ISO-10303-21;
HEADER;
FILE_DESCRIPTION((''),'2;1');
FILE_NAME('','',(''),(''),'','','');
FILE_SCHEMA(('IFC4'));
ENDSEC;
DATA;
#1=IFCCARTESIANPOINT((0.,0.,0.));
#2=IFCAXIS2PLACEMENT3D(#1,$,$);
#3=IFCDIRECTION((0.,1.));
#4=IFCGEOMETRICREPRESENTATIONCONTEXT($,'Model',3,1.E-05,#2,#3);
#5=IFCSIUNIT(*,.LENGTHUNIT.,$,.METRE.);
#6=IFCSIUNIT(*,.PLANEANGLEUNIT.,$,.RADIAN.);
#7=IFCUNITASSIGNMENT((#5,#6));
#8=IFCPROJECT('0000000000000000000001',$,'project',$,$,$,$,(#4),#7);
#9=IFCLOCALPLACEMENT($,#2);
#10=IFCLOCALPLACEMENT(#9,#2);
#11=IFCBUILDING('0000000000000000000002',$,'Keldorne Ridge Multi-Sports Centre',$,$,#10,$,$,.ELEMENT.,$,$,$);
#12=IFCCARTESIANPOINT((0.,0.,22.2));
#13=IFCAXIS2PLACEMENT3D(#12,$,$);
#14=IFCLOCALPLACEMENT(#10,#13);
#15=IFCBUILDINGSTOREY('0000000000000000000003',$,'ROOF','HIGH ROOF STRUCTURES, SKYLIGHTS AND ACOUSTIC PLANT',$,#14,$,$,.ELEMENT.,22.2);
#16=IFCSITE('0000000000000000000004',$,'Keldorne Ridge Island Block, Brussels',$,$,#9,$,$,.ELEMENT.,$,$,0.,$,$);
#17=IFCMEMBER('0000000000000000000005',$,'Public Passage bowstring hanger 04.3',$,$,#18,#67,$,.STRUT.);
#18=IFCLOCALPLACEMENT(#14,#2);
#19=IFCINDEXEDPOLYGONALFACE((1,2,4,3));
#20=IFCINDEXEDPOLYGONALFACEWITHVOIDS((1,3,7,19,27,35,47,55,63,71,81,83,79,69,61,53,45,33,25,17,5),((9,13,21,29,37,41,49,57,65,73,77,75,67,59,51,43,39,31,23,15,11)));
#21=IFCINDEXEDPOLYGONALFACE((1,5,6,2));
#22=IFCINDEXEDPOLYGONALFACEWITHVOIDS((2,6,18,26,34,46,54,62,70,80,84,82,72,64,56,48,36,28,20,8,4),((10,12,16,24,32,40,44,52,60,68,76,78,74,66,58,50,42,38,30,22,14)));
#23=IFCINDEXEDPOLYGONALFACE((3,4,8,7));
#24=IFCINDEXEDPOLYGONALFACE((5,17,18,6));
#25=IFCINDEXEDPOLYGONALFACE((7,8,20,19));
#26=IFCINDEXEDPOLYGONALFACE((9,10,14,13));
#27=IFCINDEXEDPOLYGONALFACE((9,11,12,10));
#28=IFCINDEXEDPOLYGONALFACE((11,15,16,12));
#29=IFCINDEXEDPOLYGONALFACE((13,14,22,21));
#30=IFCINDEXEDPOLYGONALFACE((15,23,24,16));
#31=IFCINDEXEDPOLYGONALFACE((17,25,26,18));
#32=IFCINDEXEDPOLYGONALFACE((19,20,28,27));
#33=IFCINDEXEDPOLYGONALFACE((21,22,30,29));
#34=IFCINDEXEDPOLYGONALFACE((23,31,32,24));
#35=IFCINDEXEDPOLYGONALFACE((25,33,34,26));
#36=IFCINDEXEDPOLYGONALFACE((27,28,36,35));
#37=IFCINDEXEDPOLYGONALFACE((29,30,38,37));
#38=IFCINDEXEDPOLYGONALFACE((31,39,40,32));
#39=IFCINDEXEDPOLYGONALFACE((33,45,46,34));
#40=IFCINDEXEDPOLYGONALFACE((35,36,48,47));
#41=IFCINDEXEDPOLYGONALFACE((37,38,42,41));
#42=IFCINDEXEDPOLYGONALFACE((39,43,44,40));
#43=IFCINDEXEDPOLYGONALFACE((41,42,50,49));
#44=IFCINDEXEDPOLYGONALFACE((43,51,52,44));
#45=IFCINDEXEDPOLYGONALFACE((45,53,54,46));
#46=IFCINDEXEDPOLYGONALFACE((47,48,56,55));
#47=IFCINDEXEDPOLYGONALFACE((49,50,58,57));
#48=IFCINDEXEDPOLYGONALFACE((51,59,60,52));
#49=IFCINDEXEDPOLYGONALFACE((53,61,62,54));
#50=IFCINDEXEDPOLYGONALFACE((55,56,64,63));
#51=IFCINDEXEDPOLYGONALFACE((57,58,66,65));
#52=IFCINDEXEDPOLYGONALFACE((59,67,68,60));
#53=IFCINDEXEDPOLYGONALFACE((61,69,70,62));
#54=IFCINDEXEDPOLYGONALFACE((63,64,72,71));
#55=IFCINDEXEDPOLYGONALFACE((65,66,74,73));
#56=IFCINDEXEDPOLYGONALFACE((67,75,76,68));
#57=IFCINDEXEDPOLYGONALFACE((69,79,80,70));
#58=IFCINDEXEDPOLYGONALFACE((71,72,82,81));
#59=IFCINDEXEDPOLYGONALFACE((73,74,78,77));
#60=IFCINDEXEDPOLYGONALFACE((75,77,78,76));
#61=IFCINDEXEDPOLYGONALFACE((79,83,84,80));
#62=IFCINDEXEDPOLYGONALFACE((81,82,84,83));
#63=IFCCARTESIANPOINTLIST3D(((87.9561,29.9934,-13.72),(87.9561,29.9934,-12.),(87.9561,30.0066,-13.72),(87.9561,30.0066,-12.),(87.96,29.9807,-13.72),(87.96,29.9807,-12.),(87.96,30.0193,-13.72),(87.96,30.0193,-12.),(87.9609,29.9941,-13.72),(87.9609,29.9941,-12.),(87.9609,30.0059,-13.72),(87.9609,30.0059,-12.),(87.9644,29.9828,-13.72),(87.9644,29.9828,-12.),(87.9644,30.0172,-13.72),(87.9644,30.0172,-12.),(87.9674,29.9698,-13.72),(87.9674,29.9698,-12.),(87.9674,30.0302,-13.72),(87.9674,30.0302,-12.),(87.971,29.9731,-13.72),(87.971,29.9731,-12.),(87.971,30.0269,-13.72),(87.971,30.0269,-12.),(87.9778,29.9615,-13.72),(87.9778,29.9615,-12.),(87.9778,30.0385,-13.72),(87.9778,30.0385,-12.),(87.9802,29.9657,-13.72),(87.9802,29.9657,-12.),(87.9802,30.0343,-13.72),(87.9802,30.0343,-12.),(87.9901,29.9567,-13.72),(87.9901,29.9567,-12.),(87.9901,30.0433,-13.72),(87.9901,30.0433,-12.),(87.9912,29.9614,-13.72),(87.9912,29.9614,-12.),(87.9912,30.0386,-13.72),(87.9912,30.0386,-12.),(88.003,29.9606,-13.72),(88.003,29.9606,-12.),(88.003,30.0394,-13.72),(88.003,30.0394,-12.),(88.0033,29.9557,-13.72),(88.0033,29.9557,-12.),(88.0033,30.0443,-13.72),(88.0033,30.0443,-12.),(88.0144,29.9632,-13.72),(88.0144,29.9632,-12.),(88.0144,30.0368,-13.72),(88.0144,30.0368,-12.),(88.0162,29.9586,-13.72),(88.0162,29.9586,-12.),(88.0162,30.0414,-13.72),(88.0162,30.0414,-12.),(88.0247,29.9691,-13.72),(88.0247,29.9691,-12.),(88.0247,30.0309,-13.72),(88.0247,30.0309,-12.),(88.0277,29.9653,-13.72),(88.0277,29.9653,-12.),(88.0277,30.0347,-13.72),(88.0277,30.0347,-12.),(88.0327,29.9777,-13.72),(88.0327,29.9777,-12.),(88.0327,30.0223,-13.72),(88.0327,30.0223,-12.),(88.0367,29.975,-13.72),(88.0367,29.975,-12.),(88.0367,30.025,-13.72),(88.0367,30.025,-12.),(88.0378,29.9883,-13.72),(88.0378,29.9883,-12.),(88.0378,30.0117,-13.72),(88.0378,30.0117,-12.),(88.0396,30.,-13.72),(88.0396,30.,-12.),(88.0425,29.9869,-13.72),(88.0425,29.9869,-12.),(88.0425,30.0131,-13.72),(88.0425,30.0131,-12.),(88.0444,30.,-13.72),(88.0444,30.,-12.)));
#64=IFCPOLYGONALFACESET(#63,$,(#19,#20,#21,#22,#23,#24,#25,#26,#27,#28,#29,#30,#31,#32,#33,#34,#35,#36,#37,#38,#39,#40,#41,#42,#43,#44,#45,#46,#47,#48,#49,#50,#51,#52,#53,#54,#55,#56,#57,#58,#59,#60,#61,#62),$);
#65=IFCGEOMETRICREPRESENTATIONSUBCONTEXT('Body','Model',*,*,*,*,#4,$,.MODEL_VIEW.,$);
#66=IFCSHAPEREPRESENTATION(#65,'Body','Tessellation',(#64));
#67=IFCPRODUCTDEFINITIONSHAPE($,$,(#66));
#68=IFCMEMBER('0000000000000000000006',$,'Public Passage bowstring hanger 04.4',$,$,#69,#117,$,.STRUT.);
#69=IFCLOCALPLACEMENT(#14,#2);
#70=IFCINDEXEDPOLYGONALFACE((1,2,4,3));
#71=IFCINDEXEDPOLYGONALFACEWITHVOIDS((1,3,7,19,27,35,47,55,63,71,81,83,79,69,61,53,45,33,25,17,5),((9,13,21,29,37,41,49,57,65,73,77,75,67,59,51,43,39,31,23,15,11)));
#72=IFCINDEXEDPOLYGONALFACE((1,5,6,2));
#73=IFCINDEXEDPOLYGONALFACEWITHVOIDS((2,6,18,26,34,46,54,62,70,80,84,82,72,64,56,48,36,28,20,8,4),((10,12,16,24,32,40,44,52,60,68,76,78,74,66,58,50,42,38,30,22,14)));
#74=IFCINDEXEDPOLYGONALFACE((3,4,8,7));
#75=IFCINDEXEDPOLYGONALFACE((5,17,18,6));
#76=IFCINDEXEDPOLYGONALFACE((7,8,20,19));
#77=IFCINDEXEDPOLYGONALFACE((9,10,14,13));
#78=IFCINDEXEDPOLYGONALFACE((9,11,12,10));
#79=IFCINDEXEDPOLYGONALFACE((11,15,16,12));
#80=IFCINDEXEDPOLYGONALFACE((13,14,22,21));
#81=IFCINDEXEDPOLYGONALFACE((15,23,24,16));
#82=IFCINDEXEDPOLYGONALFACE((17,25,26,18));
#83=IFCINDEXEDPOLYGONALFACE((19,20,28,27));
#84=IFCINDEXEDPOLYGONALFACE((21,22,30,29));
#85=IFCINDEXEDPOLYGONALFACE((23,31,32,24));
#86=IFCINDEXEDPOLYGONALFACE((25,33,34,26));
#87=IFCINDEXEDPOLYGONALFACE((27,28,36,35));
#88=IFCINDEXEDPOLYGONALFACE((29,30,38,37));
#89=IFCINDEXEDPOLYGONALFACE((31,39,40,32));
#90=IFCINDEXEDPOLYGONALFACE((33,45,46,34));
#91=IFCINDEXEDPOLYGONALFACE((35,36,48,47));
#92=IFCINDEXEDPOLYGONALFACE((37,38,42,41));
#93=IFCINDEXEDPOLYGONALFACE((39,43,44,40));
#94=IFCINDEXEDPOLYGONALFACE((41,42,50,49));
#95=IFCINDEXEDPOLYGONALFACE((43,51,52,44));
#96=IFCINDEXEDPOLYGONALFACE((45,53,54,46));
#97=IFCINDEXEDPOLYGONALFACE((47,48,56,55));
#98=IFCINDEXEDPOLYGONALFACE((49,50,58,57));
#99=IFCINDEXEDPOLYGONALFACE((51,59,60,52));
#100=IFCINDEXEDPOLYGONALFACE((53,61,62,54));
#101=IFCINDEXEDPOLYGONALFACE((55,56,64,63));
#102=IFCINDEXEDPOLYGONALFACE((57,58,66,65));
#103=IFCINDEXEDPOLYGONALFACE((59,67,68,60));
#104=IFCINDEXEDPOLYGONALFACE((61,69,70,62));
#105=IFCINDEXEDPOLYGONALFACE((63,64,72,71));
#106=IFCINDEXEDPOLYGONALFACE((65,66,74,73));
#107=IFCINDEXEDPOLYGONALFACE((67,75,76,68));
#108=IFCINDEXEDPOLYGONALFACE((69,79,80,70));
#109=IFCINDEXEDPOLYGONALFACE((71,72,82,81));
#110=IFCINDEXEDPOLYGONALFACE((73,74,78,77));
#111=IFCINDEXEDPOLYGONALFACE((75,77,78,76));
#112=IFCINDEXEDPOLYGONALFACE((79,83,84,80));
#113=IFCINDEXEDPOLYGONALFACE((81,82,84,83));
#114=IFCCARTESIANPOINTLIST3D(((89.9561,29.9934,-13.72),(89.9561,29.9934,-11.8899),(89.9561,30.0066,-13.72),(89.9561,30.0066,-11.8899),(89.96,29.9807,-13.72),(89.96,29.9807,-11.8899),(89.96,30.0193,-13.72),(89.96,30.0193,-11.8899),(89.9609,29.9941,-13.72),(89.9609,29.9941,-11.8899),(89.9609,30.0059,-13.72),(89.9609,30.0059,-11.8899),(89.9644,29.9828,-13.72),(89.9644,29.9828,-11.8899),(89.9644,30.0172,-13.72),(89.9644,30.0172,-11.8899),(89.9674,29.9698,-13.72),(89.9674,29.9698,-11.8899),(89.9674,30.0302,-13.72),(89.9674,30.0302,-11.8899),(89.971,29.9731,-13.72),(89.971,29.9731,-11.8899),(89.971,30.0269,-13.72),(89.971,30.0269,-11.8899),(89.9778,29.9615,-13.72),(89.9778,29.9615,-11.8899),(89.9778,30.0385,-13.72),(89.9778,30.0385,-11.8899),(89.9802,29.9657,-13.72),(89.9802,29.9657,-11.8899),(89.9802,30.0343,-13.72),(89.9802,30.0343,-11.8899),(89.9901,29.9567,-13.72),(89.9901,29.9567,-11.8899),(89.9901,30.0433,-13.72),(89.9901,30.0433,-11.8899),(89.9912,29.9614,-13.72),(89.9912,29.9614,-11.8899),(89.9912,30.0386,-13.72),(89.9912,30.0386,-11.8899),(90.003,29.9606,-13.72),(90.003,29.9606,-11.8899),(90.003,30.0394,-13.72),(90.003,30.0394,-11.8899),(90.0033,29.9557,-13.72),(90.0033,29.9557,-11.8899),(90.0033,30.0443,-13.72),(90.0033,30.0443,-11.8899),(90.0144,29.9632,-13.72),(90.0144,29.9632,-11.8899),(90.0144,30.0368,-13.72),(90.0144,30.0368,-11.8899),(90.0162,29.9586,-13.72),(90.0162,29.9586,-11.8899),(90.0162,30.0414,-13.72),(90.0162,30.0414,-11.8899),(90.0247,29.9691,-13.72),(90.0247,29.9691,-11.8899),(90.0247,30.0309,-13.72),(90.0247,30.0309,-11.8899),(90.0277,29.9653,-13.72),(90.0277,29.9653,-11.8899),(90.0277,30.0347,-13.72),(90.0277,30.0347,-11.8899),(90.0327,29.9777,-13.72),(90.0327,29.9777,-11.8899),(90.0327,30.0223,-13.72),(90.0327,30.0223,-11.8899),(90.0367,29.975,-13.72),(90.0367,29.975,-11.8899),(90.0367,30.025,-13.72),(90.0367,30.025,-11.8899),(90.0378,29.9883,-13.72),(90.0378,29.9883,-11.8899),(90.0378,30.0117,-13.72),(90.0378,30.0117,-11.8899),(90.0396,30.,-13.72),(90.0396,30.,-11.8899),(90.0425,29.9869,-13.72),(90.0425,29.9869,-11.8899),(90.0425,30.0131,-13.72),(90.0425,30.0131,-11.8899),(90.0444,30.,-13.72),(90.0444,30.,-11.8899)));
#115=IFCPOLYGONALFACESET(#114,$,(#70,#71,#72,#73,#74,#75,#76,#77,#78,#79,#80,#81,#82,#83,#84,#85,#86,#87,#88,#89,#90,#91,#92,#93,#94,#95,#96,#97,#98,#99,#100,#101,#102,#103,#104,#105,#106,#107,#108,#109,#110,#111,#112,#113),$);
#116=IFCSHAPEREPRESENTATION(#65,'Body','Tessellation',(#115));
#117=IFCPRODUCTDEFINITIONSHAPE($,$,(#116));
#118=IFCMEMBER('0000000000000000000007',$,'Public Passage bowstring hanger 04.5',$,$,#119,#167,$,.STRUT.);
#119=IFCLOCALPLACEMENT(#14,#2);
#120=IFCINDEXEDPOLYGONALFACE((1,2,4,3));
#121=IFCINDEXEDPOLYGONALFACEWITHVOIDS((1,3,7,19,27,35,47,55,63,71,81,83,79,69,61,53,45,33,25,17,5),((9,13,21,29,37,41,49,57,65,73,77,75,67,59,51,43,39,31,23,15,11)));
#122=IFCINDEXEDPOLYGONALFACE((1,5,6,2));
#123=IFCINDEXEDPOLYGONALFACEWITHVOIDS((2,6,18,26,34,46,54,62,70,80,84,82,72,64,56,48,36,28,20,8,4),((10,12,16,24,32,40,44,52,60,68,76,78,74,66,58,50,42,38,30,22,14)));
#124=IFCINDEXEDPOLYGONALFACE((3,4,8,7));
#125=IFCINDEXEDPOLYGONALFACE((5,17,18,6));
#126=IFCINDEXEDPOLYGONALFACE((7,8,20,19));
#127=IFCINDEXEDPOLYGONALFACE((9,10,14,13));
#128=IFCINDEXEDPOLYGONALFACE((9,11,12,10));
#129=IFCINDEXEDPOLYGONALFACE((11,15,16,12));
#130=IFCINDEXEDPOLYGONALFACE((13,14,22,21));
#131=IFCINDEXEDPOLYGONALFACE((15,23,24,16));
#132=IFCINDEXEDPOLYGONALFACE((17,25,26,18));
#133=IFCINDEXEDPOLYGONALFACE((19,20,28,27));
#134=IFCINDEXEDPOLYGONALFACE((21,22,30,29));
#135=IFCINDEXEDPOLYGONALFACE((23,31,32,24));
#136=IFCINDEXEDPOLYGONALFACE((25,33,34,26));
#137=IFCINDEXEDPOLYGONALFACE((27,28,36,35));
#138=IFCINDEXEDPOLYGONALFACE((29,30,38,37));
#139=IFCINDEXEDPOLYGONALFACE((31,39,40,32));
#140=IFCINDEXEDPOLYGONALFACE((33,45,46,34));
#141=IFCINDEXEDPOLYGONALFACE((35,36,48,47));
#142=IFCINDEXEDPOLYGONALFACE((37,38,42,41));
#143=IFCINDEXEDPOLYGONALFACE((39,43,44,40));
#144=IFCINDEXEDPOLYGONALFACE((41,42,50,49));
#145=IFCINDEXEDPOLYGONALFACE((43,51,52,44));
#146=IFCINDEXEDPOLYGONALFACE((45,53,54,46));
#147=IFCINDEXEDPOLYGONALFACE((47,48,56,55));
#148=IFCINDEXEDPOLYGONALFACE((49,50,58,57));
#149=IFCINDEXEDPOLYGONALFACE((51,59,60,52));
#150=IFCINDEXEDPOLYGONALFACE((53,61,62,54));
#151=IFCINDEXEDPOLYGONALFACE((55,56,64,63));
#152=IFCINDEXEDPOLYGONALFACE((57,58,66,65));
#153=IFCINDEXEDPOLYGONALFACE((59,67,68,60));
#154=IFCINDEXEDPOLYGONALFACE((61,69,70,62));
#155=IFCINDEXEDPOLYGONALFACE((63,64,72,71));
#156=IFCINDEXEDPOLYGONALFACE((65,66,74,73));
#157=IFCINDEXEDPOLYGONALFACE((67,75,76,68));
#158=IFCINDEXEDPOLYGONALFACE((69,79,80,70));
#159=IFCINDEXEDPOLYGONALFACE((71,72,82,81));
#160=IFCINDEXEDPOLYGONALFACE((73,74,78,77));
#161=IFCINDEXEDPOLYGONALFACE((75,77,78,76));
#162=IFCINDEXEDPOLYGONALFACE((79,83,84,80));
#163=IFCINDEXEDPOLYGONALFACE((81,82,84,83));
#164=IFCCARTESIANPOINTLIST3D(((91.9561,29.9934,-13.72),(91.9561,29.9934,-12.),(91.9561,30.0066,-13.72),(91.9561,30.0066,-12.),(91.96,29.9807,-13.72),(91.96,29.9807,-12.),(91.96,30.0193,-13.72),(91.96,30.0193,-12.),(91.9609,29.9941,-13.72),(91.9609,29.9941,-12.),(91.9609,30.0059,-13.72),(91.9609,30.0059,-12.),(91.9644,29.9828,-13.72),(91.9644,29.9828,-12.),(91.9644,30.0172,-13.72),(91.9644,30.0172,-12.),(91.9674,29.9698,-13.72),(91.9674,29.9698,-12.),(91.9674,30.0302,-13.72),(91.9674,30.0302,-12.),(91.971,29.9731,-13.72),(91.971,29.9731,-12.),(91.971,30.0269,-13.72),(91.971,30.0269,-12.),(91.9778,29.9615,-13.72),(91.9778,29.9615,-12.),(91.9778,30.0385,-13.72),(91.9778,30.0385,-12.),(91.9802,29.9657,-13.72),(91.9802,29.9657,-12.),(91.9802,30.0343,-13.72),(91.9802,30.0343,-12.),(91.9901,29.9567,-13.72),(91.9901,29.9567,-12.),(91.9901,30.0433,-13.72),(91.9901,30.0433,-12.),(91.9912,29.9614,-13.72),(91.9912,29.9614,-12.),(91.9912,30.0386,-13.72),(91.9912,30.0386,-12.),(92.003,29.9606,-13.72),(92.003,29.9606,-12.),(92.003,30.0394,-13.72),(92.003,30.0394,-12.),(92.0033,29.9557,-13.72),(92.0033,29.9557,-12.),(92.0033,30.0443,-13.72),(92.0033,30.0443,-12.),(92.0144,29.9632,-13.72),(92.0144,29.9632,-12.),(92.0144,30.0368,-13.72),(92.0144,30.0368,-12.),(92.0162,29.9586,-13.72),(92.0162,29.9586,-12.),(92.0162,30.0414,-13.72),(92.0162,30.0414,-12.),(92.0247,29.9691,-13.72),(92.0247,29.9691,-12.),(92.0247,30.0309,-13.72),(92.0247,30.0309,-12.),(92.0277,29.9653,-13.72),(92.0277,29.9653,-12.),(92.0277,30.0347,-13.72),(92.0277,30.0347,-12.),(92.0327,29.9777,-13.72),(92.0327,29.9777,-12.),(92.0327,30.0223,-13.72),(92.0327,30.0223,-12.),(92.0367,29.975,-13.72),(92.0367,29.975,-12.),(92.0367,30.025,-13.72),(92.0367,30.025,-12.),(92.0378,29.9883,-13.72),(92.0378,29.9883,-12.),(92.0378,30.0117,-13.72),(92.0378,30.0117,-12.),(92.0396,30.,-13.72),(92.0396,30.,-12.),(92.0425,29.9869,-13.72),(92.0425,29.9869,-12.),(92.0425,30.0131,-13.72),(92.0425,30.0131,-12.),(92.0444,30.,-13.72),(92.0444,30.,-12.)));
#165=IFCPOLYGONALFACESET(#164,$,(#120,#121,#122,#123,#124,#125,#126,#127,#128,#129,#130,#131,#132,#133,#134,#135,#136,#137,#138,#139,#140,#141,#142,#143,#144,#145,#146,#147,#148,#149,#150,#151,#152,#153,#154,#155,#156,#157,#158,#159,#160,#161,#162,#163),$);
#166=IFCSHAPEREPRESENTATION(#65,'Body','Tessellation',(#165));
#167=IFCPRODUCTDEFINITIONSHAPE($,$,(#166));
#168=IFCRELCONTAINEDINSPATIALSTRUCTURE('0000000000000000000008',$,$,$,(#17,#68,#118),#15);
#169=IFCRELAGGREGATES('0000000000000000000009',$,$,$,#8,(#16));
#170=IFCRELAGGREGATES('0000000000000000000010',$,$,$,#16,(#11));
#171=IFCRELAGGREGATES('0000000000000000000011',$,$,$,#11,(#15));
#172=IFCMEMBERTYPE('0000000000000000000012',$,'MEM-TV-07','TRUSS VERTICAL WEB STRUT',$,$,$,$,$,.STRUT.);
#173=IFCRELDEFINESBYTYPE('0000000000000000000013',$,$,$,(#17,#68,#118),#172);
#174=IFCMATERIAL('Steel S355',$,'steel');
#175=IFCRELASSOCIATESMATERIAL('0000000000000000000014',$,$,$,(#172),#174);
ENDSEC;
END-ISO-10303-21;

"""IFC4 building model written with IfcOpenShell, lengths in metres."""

from ifc_helpers import new_model, si_unit, direction, frame, origin, origin_2d, place, context, subcontext, project, spatial, hollow_circle, extrude, material, material_profile, profile_set, type_object, element, save


model = new_model("IFC4")

# Units and contexts
model_context = context("Model", 3, precision=1e-05, world=origin(), true_north=direction((0.0, 1.0)))
body_context = subcontext(model_context, "Body", "Model", "MODEL_VIEW")
ifc_project = project(units=[si_unit("LENGTHUNIT", "METRE"), si_unit("PLANEANGLEUNIT", "RADIAN")], contexts=[model_context])

# Site, building, storey
site_placement = place(None, origin())
site = spatial("IfcSite", under=ifc_project, at=site_placement, Name="Keldorne Ridge Island Block, Brussels", CompositionType="ELEMENT", RefElevation=0.0)
building_placement = place(site_placement, origin())
building = spatial("IfcBuilding", under=site, at=building_placement, Name="Keldorne Ridge Multi-Sports Centre", CompositionType="ELEMENT")
storey_placement = place(building_placement, frame((0.0, 0.0, 22.2)))
storey = spatial("IfcBuildingStorey", under=building, at=storey_placement, Name="ROOF", Description="HIGH ROOF STRUCTURES, SKYLIGHTS AND ACOUSTIC PLANT", CompositionType="ELEMENT", Elevation=22.2)

# Members
ifc_material = material(Name="Steel S355", Category="steel")
ifc_material_profile_1 = material_profile(ifc_material, hollow_circle(Radius=0.0444, WallThickness=0.0049, at=origin_2d()), Name="CHS 88.9x5")
ifc_profile_set_1 = profile_set([ifc_material_profile_1], Name="Steel S355")
member_type_1 = type_object("IfcMemberType", Name="MEM-TV-07", Description="TRUSS VERTICAL WEB STRUT", PredefinedType="STRUT", material=ifc_profile_set_1)
member_1_placement = place(storey_placement, frame((88.0, 30.0, -13.72), z_axis=(0.0, 0.0, 1.0), x_axis=(1.0, 0.0, 0.0)))
element("IfcMember", 1, at=member_1_placement, inside=storey, type_object=member_type_1, Name="Public Passage bowstring hanger 04.3", PredefinedType="STRUT", context=body_context, shape_type="SweptSolid", body=[
    extrude(hollow_circle(Radius=0.0444, WallThickness=0.0049, at=origin_2d()), origin(), (0.0, 0.0, 1.0), 1.72),
])
member_2_placement = place(storey_placement, frame((90.0, 30.0, -13.72), z_axis=(0.0, 0.0, 1.0), x_axis=(1.0, 0.0, 0.0)))
element("IfcMember", 2, at=member_2_placement, inside=storey, type_object=member_type_1, Name="Public Passage bowstring hanger 04.4", PredefinedType="STRUT", context=body_context, shape_type="SweptSolid", body=[
    extrude(hollow_circle(Radius=0.0444, WallThickness=0.0049, at=origin_2d()), origin(), (0.0, 0.0, 1.0), 1.8301),
])
member_3_placement = place(storey_placement, frame((92.0, 30.0, -13.72), z_axis=(0.0, 0.0, 1.0), x_axis=(1.0, 0.0, 0.0)))
element("IfcMember", 3, at=member_3_placement, inside=storey, type_object=member_type_1, Name="Public Passage bowstring hanger 04.5", PredefinedType="STRUT", context=body_context, shape_type="SweptSolid", body=[
    extrude(hollow_circle(Radius=0.0444, WallThickness=0.0049, at=origin_2d()), origin(), (0.0, 0.0, 1.0), 1.72),
])

save(model, "model.ifc")
